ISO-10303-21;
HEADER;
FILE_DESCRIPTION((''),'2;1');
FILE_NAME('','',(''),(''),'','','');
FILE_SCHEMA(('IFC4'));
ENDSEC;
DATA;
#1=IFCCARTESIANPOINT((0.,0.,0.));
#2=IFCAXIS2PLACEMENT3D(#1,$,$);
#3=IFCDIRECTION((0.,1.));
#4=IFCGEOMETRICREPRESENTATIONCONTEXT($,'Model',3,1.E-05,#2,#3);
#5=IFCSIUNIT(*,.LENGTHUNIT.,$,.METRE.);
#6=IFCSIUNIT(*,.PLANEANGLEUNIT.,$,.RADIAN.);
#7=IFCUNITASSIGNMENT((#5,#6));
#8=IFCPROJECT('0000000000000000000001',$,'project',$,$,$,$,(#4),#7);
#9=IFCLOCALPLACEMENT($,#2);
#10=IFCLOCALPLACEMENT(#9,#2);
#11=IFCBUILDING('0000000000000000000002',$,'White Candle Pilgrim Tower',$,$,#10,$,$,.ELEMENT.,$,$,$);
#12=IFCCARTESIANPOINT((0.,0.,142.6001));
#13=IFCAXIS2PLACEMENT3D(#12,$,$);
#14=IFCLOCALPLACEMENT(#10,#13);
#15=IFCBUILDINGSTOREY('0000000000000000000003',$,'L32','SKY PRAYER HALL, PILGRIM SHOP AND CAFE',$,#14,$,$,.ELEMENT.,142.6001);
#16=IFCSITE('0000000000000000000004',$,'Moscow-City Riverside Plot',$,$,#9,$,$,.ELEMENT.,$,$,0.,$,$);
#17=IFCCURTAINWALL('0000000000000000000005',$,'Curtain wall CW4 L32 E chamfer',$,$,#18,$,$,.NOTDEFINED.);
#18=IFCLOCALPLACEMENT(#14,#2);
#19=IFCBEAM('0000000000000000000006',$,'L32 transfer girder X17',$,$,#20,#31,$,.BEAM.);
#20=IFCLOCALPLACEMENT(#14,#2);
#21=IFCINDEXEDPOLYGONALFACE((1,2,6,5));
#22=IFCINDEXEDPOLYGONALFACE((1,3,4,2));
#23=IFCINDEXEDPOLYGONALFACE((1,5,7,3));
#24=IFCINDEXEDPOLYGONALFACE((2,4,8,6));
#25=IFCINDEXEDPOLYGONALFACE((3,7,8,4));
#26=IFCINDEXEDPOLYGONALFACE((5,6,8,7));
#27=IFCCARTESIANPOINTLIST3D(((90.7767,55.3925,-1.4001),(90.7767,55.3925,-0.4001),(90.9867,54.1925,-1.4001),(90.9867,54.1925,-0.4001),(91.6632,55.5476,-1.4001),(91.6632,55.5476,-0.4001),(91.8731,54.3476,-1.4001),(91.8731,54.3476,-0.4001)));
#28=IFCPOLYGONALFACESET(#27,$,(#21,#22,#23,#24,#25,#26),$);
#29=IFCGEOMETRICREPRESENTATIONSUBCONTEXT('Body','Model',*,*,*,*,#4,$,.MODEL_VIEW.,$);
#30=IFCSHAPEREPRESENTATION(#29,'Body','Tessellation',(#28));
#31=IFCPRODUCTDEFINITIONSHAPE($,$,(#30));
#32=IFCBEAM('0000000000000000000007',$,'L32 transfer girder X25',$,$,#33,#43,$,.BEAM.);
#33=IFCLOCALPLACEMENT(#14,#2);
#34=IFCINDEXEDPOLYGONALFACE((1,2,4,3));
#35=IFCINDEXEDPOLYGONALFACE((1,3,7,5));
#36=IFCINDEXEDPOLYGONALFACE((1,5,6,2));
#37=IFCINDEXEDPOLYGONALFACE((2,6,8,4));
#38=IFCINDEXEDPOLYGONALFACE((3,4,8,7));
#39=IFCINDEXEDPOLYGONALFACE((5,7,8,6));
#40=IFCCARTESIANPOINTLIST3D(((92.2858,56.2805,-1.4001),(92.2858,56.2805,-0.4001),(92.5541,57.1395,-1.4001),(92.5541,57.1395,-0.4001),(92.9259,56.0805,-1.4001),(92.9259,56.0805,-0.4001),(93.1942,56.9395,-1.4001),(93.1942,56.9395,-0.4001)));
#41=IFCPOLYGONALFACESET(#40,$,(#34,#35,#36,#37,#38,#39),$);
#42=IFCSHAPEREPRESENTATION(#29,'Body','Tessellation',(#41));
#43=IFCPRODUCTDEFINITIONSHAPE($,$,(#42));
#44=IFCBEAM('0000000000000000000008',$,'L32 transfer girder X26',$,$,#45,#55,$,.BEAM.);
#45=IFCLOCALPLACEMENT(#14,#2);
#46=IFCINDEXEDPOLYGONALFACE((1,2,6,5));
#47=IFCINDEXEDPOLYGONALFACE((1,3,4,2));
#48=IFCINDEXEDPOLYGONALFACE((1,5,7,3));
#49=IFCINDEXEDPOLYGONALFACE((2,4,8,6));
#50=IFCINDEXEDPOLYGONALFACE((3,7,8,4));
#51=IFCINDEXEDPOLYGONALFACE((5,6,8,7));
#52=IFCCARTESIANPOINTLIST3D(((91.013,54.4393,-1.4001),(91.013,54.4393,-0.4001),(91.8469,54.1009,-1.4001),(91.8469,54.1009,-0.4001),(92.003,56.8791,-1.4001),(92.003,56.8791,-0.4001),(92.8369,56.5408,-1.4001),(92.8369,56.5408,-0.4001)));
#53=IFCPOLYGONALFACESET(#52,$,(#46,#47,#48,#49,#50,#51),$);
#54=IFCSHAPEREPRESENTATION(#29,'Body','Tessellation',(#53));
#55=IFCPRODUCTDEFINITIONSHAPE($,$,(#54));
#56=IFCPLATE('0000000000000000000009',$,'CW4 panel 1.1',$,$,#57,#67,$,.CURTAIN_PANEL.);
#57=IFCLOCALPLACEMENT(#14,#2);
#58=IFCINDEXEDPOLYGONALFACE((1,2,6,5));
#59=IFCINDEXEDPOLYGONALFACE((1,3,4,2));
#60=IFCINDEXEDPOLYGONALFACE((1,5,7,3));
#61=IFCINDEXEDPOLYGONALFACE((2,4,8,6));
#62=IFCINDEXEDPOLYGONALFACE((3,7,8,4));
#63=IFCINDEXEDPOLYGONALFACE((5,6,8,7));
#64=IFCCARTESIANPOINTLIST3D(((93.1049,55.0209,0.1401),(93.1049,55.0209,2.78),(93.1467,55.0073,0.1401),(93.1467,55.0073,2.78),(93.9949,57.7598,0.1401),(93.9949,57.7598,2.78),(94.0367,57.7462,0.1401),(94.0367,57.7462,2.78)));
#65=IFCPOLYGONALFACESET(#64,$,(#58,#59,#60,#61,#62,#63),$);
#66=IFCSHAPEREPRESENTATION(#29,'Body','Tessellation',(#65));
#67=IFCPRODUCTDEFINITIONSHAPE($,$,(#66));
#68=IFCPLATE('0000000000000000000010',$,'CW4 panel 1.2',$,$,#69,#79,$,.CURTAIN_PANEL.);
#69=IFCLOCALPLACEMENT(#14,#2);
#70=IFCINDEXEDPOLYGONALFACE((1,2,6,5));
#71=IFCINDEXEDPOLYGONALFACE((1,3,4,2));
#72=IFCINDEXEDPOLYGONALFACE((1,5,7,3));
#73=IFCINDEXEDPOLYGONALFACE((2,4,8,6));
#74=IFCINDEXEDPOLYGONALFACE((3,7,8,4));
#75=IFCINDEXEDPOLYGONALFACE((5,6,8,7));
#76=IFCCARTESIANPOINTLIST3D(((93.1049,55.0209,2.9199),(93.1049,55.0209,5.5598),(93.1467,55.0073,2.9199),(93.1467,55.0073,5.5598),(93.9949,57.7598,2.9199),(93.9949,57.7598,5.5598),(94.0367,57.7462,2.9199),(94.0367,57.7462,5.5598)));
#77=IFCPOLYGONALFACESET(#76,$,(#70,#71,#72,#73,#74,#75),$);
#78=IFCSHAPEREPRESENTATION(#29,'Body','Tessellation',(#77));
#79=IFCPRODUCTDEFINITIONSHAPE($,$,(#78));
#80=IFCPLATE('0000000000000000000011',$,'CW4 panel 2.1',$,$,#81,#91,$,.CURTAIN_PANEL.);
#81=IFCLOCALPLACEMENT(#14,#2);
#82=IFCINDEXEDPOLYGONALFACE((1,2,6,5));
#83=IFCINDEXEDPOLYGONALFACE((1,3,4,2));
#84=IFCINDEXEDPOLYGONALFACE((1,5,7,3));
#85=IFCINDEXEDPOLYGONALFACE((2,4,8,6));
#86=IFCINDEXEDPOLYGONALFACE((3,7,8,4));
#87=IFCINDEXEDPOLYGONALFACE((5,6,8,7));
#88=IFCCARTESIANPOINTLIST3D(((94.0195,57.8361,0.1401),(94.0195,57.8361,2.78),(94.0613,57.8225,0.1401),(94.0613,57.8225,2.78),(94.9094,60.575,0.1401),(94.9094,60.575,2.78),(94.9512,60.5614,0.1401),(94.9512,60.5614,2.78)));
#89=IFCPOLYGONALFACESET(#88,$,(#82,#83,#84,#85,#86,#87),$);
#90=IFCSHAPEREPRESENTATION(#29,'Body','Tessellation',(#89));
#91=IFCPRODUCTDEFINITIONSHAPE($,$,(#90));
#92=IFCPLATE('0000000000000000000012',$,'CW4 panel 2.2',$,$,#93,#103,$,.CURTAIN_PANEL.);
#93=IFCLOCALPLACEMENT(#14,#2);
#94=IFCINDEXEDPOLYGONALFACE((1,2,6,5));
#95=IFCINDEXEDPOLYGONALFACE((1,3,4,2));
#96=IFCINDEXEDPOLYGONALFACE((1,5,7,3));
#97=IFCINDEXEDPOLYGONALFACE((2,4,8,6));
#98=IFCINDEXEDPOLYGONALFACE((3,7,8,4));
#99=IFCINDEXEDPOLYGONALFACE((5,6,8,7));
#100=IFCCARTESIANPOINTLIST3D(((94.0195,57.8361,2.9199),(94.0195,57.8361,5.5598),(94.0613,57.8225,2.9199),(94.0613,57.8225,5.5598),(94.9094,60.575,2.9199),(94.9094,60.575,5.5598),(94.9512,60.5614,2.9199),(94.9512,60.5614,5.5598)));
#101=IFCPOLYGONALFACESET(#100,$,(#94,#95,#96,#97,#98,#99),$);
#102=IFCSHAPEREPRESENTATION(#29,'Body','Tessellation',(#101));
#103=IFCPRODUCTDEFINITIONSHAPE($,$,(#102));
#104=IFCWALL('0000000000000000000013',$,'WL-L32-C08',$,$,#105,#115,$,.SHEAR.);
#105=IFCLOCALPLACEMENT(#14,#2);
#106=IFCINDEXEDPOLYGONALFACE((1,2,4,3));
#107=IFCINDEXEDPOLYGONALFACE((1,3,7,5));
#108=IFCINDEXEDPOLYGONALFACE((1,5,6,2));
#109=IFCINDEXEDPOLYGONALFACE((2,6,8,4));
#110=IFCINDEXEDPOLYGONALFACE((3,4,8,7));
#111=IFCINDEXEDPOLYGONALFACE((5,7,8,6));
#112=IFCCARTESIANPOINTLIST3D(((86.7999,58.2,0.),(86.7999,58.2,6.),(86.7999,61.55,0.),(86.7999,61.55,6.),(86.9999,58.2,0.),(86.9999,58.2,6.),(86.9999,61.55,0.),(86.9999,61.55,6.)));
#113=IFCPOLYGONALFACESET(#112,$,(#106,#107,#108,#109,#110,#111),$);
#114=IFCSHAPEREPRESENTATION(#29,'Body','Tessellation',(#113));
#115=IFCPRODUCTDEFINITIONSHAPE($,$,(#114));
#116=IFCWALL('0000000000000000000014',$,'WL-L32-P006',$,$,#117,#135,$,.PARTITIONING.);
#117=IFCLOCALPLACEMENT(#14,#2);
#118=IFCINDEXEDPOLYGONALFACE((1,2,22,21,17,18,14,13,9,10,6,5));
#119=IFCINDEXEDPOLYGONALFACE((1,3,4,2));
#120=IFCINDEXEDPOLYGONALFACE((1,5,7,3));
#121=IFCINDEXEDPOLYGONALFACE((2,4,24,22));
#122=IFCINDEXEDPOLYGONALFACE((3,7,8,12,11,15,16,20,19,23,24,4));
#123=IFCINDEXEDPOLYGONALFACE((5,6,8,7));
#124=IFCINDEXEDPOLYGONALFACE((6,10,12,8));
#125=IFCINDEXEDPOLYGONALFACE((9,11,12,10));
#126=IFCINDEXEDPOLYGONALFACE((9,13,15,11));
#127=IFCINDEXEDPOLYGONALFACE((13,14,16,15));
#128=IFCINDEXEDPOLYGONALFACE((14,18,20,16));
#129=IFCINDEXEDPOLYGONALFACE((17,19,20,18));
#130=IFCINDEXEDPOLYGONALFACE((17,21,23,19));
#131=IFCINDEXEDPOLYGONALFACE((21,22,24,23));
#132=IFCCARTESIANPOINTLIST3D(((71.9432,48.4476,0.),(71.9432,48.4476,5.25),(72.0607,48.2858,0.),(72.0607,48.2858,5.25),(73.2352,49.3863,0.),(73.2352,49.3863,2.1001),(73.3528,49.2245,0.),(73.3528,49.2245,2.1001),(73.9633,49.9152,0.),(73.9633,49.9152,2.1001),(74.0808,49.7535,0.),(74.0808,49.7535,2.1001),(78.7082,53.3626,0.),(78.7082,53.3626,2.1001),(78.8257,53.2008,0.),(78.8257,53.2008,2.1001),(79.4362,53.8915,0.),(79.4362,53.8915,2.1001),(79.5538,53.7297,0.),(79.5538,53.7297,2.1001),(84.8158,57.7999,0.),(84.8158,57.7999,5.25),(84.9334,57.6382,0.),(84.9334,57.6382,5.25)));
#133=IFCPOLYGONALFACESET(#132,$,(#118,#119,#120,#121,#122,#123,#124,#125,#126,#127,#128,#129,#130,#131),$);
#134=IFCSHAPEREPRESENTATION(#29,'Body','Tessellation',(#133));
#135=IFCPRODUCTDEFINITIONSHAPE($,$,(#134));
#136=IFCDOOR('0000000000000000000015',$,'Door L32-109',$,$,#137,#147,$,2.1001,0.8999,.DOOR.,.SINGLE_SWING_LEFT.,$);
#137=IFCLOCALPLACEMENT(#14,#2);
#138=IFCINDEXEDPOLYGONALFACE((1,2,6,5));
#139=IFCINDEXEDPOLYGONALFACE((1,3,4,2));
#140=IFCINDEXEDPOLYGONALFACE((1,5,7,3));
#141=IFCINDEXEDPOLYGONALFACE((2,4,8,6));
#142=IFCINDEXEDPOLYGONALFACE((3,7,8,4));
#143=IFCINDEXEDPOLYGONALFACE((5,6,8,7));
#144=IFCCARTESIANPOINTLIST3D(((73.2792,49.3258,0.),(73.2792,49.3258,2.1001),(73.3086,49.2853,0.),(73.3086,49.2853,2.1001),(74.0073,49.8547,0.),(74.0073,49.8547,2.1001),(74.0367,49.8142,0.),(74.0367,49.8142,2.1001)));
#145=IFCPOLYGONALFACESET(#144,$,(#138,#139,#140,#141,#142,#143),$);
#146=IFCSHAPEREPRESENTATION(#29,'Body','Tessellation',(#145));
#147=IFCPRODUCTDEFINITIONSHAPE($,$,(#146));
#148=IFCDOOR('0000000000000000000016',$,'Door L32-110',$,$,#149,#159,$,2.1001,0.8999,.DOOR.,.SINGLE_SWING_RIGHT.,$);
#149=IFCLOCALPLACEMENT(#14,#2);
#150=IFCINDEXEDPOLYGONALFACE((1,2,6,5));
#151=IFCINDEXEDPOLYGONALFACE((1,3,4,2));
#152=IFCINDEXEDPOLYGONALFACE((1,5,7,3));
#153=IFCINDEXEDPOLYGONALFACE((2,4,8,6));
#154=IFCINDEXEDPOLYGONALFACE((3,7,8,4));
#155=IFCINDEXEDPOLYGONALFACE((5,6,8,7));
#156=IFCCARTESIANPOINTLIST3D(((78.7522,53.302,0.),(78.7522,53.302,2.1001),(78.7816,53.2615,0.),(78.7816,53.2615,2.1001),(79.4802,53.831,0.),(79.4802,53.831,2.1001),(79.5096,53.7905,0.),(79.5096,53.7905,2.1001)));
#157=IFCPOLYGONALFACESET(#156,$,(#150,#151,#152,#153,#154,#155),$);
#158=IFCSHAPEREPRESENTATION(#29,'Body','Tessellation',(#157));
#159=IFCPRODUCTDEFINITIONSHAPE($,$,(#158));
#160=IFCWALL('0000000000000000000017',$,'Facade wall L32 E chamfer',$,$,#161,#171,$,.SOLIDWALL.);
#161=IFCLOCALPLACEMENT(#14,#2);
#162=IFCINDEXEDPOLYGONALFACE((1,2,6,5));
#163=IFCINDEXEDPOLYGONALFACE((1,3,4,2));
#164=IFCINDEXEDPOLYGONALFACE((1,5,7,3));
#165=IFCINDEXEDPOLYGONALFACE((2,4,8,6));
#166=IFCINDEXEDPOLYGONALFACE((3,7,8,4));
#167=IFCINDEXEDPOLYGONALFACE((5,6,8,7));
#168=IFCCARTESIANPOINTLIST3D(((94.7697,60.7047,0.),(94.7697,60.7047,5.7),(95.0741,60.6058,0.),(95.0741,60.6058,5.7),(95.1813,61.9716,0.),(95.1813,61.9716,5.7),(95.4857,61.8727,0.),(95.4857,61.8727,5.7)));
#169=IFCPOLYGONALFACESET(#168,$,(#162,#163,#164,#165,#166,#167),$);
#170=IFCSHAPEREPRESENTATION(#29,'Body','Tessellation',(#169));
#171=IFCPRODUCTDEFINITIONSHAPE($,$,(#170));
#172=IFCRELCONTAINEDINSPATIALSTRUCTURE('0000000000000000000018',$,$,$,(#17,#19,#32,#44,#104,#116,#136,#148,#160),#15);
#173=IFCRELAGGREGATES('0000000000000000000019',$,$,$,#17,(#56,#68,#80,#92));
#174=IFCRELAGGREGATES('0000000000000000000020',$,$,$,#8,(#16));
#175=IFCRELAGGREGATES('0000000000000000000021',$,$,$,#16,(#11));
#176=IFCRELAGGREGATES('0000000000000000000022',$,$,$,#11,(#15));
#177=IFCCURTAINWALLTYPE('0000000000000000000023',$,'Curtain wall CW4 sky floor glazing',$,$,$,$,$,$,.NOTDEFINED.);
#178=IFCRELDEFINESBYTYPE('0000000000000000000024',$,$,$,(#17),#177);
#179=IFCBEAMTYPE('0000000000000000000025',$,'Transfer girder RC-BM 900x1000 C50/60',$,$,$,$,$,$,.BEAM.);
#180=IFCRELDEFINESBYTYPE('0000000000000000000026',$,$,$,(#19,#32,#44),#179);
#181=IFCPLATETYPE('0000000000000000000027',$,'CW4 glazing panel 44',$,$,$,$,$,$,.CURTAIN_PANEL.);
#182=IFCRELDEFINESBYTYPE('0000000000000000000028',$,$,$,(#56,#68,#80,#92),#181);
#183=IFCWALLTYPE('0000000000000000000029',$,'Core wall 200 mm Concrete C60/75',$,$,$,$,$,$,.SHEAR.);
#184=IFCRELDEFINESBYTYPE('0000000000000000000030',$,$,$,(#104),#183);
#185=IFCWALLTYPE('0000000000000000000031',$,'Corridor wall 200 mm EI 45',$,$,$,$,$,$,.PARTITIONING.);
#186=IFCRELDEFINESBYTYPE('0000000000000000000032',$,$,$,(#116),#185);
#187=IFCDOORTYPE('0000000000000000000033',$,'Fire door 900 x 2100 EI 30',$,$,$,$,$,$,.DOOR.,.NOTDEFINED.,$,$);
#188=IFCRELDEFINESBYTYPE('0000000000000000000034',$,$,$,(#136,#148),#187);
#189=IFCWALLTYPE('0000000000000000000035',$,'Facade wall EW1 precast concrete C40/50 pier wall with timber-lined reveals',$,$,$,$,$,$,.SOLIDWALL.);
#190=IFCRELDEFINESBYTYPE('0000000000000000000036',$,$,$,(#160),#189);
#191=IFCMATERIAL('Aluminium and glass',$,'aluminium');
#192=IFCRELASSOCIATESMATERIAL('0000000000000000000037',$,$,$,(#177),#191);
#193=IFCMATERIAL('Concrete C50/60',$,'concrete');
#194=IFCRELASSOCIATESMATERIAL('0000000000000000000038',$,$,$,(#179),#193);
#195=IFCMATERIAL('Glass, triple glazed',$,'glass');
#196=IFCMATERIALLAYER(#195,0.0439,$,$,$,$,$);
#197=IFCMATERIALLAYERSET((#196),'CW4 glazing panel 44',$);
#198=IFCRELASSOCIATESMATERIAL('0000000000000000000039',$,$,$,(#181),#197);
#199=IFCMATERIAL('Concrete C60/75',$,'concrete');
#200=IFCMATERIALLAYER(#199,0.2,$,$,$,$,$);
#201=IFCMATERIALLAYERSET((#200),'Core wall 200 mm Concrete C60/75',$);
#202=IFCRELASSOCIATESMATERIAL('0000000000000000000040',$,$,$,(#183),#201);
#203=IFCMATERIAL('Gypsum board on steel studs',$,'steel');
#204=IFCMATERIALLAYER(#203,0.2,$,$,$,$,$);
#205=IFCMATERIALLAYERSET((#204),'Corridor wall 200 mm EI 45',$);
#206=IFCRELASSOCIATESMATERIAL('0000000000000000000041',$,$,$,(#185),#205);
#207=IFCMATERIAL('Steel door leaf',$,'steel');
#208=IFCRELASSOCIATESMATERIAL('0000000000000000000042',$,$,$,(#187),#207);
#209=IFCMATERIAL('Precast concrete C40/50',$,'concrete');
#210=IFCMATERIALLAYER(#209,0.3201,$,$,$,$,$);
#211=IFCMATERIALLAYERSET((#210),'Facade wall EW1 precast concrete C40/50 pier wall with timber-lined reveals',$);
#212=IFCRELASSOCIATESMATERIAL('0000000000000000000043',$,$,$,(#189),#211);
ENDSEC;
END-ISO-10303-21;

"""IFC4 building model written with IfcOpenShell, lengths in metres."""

from ifc_helpers import new_model, si_unit, direction, frame, frame_2d, origin, origin_2d, place, context, subcontext, project, spatial, rectangle, extrude, material, layer, layer_set, material_profile, profile_set, type_object, element, fill, aggregate, save


model = new_model("IFC4")

# Units and contexts
model_context = context("Model", 3, precision=1e-05, world=origin(), true_north=direction((0.0, 1.0)))
body_context = subcontext(model_context, "Body", "Model", "MODEL_VIEW")
ifc_project = project(units=[si_unit("LENGTHUNIT", "METRE"), si_unit("PLANEANGLEUNIT", "RADIAN")], contexts=[model_context])

# Site, building, storey
site_placement = place(None, origin())
site = spatial("IfcSite", under=ifc_project, at=site_placement, Name="Moscow-City Riverside Plot", CompositionType="ELEMENT", RefElevation=0.0)
building_placement = place(site_placement, origin())
building = spatial("IfcBuilding", under=site, at=building_placement, Name="White Candle Pilgrim Tower", CompositionType="ELEMENT")
storey_placement = place(building_placement, frame((0.0, 0.0, 142.6001)))
storey = spatial("IfcBuildingStorey", under=building, at=storey_placement, Name="L32", Description="SKY PRAYER HALL, PILGRIM SHOP AND CAFE", CompositionType="ELEMENT", Elevation=142.6001)

# Curtain wall
ifc_material_1 = material(Name="Aluminium and glass", Category="aluminium")
curtain_wall_type = type_object("IfcCurtainWallType", Name="Curtain wall CW4 sky floor glazing", PredefinedType="NOTDEFINED", material=ifc_material_1)
curtain_wall_placement = place(storey_placement, origin())
curtain_wall = element("IfcCurtainWall", 1, at=curtain_wall_placement, inside=storey, type_object=curtain_wall_type, Name="Curtain wall CW4 L32 E chamfer", PredefinedType="NOTDEFINED")

# Beams
ifc_material_2 = material(Name="Concrete C50/60", Category="concrete")
ifc_material_profile_1 = material_profile(ifc_material_2, rectangle(XDim=0.8999, YDim=1.0, at=origin_2d()), Name="RC-BM 900x1000")
ifc_profile_set_1 = profile_set([ifc_material_profile_1], Name="Concrete C50/60")
beam_type_1 = type_object("IfcBeamType", Name="Transfer girder RC-BM 900x1000 C50/60", PredefinedType="BEAM", material=ifc_profile_set_1)
beam_1_placement = place(storey_placement, frame((91.4299, 54.27, -0.9001), z_axis=(-0.172356, 0.985035, 0.0), x_axis=(-0.985035, -0.172356, 0.0)))
element("IfcBeam", 2, at=beam_1_placement, inside=storey, type_object=beam_type_1, Name="L32 transfer girder X17", PredefinedType="BEAM", context=body_context, shape_type="SweptSolid", body=[
    extrude(rectangle(XDim=0.8999, YDim=1.0, at=origin_2d()), origin(), (0.0, 0.0, 1.0), 1.2183),
])
beam_2_placement = place(storey_placement, frame((93.0601, 56.51, -0.9001), z_axis=(-0.954519, 0.298151, 0.0), x_axis=(-0.298151, -0.954519, 0.0)))
element("IfcBeam", 3, at=beam_2_placement, inside=storey, type_object=beam_type_1, Name="L32 transfer girder X25", PredefinedType="BEAM", context=body_context, shape_type="SweptSolid", body=[
    extrude(rectangle(XDim=0.8999, YDim=1.0, at=origin_2d()), origin(), (0.0, 0.0, 1.0), 0.6707),
])
beam_3_placement = place(storey_placement, frame((92.4199, 56.71, -0.9001), z_axis=(-0.375974, -0.92663, 0.0), x_axis=(0.92663, -0.375974, 0.0)))
element("IfcBeam", 4, at=beam_3_placement, inside=storey, type_object=beam_type_1, Name="L32 transfer girder X26", PredefinedType="BEAM", context=body_context, shape_type="SweptSolid", body=[
    extrude(rectangle(XDim=0.8999, YDim=1.0, at=origin_2d()), origin(), (0.0, 0.0, 1.0), 2.6331),
])

# Plates
ifc_material_3 = material(Name="Glass, triple glazed", Category="glass")
ifc_layer_1 = layer(ifc_material_3, 0.0439)
ifc_layer_set_1 = layer_set([ifc_layer_1], Name="CW4 glazing panel 44")
plate_type = type_object("IfcPlateType", Name="CW4 glazing panel 44", PredefinedType="CURTAIN_PANEL", material=ifc_layer_set_1)
plate_1_placement = place(storey_placement, frame((93.5708, 56.3835, 0.1401), z_axis=(0.0, 0.0, 1.0), x_axis=(0.309017, 0.951057, 0.0)))
plate_1 = element("IfcPlate", 5, at=plate_1_placement, type_object=plate_type, Name="CW4 panel 1.1", PredefinedType="CURTAIN_PANEL", context=body_context, shape_type="SweptSolid", body=[
    extrude(rectangle(XDim=2.8799, YDim=0.0439, at=origin_2d()), origin(), (0.0, 0.0, 1.0), 2.6399),
])
plate_2_placement = place(storey_placement, frame((93.5708, 56.3835, 2.9199), z_axis=(0.0, 0.0, 1.0), x_axis=(0.309017, 0.951057, 0.0)))
plate_2 = element("IfcPlate", 6, at=plate_2_placement, type_object=plate_type, Name="CW4 panel 1.2", PredefinedType="CURTAIN_PANEL", context=body_context, shape_type="SweptSolid", body=[
    extrude(rectangle(XDim=2.8799, YDim=0.0439, at=origin_2d()), origin(), (0.0, 0.0, 1.0), 2.6399),
])
plate_3_placement = place(storey_placement, frame((94.4854, 59.1987, 0.1401), z_axis=(0.0, 0.0, 1.0), x_axis=(0.309017, 0.951057, 0.0)))
plate_3 = element("IfcPlate", 7, at=plate_3_placement, type_object=plate_type, Name="CW4 panel 2.1", PredefinedType="CURTAIN_PANEL", context=body_context, shape_type="SweptSolid", body=[
    extrude(rectangle(XDim=2.8799, YDim=0.0439, at=origin_2d()), origin(), (0.0, 0.0, 1.0), 2.6399),
])
plate_4_placement = place(storey_placement, frame((94.4854, 59.1987, 2.9199), z_axis=(0.0, 0.0, 1.0), x_axis=(0.309017, 0.951057, 0.0)))
plate_4 = element("IfcPlate", 8, at=plate_4_placement, type_object=plate_type, Name="CW4 panel 2.2", PredefinedType="CURTAIN_PANEL", context=body_context, shape_type="SweptSolid", body=[
    extrude(rectangle(XDim=2.8799, YDim=0.0439, at=origin_2d()), origin(), (0.0, 0.0, 1.0), 2.6399),
])
aggregate(curtain_wall, [plate_1, plate_2, plate_3, plate_4])

# Wall
ifc_material_4 = material(Name="Concrete C60/75", Category="concrete")
ifc_layer_2 = layer(ifc_material_4, 0.2)
ifc_layer_set_2 = layer_set([ifc_layer_2], Name="Core wall 200 mm Concrete C60/75")
wall_type_1 = type_object("IfcWallType", Name="Core wall 200 mm Concrete C60/75", PredefinedType="SHEAR", material=ifc_layer_set_2)
wall_1_placement = place(storey_placement, frame((86.8999, 58.2, 0.0), z_axis=(0.0, 0.0, 1.0), x_axis=(0.0, 1.0, 0.0)))
element("IfcWall", 9, at=wall_1_placement, inside=storey, type_object=wall_type_1, Name="WL-L32-C08", PredefinedType="SHEAR", context=body_context, shape_type="SweptSolid", body=[
    extrude(rectangle(XDim=3.3501, YDim=0.2, at=frame_2d((1.675, 0.0))), origin(), (0.0, 0.0, 1.0), 6.0),
])

# Wall, openings, doors
ifc_material_5 = material(Name="Gypsum board on steel studs", Category="steel")
ifc_layer_3 = layer(ifc_material_5, 0.2)
ifc_layer_set_3 = layer_set([ifc_layer_3], Name="Corridor wall 200 mm EI 45")
wall_type_2 = type_object("IfcWallType", Name="Corridor wall 200 mm EI 45", PredefinedType="PARTITIONING", material=ifc_layer_set_3)
wall_2_placement = place(storey_placement, frame((84.8745, 57.719, 0.0), z_axis=(0.0, 0.0, 1.0), x_axis=(-0.809022, -0.587778, 0.0)))
wall_2 = element("IfcWall", 10, at=wall_2_placement, inside=storey, type_object=wall_type_2, Name="WL-L32-P006", PredefinedType="PARTITIONING", context=body_context, shape_type="SweptSolid", body=[
    extrude(rectangle(XDim=15.9114, YDim=0.2, at=frame_2d((7.9556, 0.0))), origin(), (0.0, 0.0, 1.0), 5.25),
])
opening_1_placement = place(wall_2_placement, frame((13.4143, 0.0, 0.0)))
opening_1 = element("IfcOpeningElement", 11, at=opening_1_placement, cuts=wall_2, PredefinedType="OPENING", context=body_context, shape_type="SweptSolid", body=[
    extrude(rectangle(XDim=0.8999, YDim=2.1001, at=frame_2d((0.45, 1.05))), frame((0.0, 0.1099, 0.0), z_axis=(0.0, -1.0, 0.0), x_axis=(1.0, 0.0, 0.0)), (0.0, 0.0, 1.0), 0.22),
])
opening_2_placement = place(wall_2_placement, frame((6.6494, 0.0, 0.0)))
opening_2 = element("IfcOpeningElement", 12, at=opening_2_placement, cuts=wall_2, PredefinedType="OPENING", context=body_context, shape_type="SweptSolid", body=[
    extrude(rectangle(XDim=0.8999, YDim=2.1001, at=frame_2d((0.45, 1.05))), frame((0.0, 0.1099, 0.0), z_axis=(0.0, -1.0, 0.0), x_axis=(1.0, 0.0, 0.0)), (0.0, 0.0, 1.0), 0.22),
])
ifc_material_6 = material(Name="Steel door leaf", Category="steel")
door_type_1 = type_object("IfcDoorType", Name="Fire door 900 x 2100 EI 30", OperationType="NOTDEFINED", PredefinedType="DOOR", material=ifc_material_6)
door_1_placement = place(opening_1_placement, origin())
door_1 = element("IfcDoor", 13, at=door_1_placement, inside=storey, type_object=door_type_1, Name="Door L32-109", OperationType="SINGLE_SWING_LEFT", OverallHeight=2.1001, OverallWidth=0.8999, PredefinedType="DOOR", context=body_context, shape_type="SweptSolid", body=[
    extrude(rectangle(XDim=0.8999, YDim=2.1001, at=frame_2d((0.45, 1.05))), frame((0.0, 0.0249, 0.0), z_axis=(0.0, -1.0, 0.0), x_axis=(1.0, 0.0, 0.0)), (0.0, 0.0, 1.0), 0.05),
])
fill(opening_1, door_1)
door_2_placement = place(opening_2_placement, origin())
door_2 = element("IfcDoor", 14, at=door_2_placement, inside=storey, type_object=door_type_1, Name="Door L32-110", OperationType="SINGLE_SWING_RIGHT", OverallHeight=2.1001, OverallWidth=0.8999, PredefinedType="DOOR", context=body_context, shape_type="SweptSolid", body=[
    extrude(rectangle(XDim=0.8999, YDim=2.1001, at=frame_2d((0.45, 1.05))), frame((0.0, 0.0249, 0.0), z_axis=(0.0, -1.0, 0.0), x_axis=(1.0, 0.0, 0.0)), (0.0, 0.0, 1.0), 0.05),
])
fill(opening_2, door_2)

# Wall
ifc_material_7 = material(Name="Precast concrete C40/50", Category="concrete")
ifc_layer_4 = layer(ifc_material_7, 0.3201)
ifc_layer_set_4 = layer_set([ifc_layer_4], Name="Facade wall EW1 precast concrete C40/50 pier wall with timber-lined reveals")
wall_type_3 = type_object("IfcWallType", Name="Facade wall EW1 precast concrete C40/50 pier wall with timber-lined reveals", PredefinedType="SOLIDWALL", material=ifc_layer_set_4)
wall_3_placement = place(storey_placement, frame((94.9219, 60.6553, 0.0), z_axis=(0.0, 0.0, 1.0), x_axis=(0.309016, 0.951057, 0.0)))
element("IfcWall", 15, at=wall_3_placement, inside=storey, type_object=wall_type_3, Name="Facade wall L32 E chamfer", PredefinedType="SOLIDWALL", context=body_context, shape_type="SweptSolid", body=[
    extrude(rectangle(XDim=1.332, YDim=0.3201, at=frame_2d((0.666, 0.0))), origin(), (0.0, 0.0, 1.0), 5.7),
])

save(model, "model.ifc")
